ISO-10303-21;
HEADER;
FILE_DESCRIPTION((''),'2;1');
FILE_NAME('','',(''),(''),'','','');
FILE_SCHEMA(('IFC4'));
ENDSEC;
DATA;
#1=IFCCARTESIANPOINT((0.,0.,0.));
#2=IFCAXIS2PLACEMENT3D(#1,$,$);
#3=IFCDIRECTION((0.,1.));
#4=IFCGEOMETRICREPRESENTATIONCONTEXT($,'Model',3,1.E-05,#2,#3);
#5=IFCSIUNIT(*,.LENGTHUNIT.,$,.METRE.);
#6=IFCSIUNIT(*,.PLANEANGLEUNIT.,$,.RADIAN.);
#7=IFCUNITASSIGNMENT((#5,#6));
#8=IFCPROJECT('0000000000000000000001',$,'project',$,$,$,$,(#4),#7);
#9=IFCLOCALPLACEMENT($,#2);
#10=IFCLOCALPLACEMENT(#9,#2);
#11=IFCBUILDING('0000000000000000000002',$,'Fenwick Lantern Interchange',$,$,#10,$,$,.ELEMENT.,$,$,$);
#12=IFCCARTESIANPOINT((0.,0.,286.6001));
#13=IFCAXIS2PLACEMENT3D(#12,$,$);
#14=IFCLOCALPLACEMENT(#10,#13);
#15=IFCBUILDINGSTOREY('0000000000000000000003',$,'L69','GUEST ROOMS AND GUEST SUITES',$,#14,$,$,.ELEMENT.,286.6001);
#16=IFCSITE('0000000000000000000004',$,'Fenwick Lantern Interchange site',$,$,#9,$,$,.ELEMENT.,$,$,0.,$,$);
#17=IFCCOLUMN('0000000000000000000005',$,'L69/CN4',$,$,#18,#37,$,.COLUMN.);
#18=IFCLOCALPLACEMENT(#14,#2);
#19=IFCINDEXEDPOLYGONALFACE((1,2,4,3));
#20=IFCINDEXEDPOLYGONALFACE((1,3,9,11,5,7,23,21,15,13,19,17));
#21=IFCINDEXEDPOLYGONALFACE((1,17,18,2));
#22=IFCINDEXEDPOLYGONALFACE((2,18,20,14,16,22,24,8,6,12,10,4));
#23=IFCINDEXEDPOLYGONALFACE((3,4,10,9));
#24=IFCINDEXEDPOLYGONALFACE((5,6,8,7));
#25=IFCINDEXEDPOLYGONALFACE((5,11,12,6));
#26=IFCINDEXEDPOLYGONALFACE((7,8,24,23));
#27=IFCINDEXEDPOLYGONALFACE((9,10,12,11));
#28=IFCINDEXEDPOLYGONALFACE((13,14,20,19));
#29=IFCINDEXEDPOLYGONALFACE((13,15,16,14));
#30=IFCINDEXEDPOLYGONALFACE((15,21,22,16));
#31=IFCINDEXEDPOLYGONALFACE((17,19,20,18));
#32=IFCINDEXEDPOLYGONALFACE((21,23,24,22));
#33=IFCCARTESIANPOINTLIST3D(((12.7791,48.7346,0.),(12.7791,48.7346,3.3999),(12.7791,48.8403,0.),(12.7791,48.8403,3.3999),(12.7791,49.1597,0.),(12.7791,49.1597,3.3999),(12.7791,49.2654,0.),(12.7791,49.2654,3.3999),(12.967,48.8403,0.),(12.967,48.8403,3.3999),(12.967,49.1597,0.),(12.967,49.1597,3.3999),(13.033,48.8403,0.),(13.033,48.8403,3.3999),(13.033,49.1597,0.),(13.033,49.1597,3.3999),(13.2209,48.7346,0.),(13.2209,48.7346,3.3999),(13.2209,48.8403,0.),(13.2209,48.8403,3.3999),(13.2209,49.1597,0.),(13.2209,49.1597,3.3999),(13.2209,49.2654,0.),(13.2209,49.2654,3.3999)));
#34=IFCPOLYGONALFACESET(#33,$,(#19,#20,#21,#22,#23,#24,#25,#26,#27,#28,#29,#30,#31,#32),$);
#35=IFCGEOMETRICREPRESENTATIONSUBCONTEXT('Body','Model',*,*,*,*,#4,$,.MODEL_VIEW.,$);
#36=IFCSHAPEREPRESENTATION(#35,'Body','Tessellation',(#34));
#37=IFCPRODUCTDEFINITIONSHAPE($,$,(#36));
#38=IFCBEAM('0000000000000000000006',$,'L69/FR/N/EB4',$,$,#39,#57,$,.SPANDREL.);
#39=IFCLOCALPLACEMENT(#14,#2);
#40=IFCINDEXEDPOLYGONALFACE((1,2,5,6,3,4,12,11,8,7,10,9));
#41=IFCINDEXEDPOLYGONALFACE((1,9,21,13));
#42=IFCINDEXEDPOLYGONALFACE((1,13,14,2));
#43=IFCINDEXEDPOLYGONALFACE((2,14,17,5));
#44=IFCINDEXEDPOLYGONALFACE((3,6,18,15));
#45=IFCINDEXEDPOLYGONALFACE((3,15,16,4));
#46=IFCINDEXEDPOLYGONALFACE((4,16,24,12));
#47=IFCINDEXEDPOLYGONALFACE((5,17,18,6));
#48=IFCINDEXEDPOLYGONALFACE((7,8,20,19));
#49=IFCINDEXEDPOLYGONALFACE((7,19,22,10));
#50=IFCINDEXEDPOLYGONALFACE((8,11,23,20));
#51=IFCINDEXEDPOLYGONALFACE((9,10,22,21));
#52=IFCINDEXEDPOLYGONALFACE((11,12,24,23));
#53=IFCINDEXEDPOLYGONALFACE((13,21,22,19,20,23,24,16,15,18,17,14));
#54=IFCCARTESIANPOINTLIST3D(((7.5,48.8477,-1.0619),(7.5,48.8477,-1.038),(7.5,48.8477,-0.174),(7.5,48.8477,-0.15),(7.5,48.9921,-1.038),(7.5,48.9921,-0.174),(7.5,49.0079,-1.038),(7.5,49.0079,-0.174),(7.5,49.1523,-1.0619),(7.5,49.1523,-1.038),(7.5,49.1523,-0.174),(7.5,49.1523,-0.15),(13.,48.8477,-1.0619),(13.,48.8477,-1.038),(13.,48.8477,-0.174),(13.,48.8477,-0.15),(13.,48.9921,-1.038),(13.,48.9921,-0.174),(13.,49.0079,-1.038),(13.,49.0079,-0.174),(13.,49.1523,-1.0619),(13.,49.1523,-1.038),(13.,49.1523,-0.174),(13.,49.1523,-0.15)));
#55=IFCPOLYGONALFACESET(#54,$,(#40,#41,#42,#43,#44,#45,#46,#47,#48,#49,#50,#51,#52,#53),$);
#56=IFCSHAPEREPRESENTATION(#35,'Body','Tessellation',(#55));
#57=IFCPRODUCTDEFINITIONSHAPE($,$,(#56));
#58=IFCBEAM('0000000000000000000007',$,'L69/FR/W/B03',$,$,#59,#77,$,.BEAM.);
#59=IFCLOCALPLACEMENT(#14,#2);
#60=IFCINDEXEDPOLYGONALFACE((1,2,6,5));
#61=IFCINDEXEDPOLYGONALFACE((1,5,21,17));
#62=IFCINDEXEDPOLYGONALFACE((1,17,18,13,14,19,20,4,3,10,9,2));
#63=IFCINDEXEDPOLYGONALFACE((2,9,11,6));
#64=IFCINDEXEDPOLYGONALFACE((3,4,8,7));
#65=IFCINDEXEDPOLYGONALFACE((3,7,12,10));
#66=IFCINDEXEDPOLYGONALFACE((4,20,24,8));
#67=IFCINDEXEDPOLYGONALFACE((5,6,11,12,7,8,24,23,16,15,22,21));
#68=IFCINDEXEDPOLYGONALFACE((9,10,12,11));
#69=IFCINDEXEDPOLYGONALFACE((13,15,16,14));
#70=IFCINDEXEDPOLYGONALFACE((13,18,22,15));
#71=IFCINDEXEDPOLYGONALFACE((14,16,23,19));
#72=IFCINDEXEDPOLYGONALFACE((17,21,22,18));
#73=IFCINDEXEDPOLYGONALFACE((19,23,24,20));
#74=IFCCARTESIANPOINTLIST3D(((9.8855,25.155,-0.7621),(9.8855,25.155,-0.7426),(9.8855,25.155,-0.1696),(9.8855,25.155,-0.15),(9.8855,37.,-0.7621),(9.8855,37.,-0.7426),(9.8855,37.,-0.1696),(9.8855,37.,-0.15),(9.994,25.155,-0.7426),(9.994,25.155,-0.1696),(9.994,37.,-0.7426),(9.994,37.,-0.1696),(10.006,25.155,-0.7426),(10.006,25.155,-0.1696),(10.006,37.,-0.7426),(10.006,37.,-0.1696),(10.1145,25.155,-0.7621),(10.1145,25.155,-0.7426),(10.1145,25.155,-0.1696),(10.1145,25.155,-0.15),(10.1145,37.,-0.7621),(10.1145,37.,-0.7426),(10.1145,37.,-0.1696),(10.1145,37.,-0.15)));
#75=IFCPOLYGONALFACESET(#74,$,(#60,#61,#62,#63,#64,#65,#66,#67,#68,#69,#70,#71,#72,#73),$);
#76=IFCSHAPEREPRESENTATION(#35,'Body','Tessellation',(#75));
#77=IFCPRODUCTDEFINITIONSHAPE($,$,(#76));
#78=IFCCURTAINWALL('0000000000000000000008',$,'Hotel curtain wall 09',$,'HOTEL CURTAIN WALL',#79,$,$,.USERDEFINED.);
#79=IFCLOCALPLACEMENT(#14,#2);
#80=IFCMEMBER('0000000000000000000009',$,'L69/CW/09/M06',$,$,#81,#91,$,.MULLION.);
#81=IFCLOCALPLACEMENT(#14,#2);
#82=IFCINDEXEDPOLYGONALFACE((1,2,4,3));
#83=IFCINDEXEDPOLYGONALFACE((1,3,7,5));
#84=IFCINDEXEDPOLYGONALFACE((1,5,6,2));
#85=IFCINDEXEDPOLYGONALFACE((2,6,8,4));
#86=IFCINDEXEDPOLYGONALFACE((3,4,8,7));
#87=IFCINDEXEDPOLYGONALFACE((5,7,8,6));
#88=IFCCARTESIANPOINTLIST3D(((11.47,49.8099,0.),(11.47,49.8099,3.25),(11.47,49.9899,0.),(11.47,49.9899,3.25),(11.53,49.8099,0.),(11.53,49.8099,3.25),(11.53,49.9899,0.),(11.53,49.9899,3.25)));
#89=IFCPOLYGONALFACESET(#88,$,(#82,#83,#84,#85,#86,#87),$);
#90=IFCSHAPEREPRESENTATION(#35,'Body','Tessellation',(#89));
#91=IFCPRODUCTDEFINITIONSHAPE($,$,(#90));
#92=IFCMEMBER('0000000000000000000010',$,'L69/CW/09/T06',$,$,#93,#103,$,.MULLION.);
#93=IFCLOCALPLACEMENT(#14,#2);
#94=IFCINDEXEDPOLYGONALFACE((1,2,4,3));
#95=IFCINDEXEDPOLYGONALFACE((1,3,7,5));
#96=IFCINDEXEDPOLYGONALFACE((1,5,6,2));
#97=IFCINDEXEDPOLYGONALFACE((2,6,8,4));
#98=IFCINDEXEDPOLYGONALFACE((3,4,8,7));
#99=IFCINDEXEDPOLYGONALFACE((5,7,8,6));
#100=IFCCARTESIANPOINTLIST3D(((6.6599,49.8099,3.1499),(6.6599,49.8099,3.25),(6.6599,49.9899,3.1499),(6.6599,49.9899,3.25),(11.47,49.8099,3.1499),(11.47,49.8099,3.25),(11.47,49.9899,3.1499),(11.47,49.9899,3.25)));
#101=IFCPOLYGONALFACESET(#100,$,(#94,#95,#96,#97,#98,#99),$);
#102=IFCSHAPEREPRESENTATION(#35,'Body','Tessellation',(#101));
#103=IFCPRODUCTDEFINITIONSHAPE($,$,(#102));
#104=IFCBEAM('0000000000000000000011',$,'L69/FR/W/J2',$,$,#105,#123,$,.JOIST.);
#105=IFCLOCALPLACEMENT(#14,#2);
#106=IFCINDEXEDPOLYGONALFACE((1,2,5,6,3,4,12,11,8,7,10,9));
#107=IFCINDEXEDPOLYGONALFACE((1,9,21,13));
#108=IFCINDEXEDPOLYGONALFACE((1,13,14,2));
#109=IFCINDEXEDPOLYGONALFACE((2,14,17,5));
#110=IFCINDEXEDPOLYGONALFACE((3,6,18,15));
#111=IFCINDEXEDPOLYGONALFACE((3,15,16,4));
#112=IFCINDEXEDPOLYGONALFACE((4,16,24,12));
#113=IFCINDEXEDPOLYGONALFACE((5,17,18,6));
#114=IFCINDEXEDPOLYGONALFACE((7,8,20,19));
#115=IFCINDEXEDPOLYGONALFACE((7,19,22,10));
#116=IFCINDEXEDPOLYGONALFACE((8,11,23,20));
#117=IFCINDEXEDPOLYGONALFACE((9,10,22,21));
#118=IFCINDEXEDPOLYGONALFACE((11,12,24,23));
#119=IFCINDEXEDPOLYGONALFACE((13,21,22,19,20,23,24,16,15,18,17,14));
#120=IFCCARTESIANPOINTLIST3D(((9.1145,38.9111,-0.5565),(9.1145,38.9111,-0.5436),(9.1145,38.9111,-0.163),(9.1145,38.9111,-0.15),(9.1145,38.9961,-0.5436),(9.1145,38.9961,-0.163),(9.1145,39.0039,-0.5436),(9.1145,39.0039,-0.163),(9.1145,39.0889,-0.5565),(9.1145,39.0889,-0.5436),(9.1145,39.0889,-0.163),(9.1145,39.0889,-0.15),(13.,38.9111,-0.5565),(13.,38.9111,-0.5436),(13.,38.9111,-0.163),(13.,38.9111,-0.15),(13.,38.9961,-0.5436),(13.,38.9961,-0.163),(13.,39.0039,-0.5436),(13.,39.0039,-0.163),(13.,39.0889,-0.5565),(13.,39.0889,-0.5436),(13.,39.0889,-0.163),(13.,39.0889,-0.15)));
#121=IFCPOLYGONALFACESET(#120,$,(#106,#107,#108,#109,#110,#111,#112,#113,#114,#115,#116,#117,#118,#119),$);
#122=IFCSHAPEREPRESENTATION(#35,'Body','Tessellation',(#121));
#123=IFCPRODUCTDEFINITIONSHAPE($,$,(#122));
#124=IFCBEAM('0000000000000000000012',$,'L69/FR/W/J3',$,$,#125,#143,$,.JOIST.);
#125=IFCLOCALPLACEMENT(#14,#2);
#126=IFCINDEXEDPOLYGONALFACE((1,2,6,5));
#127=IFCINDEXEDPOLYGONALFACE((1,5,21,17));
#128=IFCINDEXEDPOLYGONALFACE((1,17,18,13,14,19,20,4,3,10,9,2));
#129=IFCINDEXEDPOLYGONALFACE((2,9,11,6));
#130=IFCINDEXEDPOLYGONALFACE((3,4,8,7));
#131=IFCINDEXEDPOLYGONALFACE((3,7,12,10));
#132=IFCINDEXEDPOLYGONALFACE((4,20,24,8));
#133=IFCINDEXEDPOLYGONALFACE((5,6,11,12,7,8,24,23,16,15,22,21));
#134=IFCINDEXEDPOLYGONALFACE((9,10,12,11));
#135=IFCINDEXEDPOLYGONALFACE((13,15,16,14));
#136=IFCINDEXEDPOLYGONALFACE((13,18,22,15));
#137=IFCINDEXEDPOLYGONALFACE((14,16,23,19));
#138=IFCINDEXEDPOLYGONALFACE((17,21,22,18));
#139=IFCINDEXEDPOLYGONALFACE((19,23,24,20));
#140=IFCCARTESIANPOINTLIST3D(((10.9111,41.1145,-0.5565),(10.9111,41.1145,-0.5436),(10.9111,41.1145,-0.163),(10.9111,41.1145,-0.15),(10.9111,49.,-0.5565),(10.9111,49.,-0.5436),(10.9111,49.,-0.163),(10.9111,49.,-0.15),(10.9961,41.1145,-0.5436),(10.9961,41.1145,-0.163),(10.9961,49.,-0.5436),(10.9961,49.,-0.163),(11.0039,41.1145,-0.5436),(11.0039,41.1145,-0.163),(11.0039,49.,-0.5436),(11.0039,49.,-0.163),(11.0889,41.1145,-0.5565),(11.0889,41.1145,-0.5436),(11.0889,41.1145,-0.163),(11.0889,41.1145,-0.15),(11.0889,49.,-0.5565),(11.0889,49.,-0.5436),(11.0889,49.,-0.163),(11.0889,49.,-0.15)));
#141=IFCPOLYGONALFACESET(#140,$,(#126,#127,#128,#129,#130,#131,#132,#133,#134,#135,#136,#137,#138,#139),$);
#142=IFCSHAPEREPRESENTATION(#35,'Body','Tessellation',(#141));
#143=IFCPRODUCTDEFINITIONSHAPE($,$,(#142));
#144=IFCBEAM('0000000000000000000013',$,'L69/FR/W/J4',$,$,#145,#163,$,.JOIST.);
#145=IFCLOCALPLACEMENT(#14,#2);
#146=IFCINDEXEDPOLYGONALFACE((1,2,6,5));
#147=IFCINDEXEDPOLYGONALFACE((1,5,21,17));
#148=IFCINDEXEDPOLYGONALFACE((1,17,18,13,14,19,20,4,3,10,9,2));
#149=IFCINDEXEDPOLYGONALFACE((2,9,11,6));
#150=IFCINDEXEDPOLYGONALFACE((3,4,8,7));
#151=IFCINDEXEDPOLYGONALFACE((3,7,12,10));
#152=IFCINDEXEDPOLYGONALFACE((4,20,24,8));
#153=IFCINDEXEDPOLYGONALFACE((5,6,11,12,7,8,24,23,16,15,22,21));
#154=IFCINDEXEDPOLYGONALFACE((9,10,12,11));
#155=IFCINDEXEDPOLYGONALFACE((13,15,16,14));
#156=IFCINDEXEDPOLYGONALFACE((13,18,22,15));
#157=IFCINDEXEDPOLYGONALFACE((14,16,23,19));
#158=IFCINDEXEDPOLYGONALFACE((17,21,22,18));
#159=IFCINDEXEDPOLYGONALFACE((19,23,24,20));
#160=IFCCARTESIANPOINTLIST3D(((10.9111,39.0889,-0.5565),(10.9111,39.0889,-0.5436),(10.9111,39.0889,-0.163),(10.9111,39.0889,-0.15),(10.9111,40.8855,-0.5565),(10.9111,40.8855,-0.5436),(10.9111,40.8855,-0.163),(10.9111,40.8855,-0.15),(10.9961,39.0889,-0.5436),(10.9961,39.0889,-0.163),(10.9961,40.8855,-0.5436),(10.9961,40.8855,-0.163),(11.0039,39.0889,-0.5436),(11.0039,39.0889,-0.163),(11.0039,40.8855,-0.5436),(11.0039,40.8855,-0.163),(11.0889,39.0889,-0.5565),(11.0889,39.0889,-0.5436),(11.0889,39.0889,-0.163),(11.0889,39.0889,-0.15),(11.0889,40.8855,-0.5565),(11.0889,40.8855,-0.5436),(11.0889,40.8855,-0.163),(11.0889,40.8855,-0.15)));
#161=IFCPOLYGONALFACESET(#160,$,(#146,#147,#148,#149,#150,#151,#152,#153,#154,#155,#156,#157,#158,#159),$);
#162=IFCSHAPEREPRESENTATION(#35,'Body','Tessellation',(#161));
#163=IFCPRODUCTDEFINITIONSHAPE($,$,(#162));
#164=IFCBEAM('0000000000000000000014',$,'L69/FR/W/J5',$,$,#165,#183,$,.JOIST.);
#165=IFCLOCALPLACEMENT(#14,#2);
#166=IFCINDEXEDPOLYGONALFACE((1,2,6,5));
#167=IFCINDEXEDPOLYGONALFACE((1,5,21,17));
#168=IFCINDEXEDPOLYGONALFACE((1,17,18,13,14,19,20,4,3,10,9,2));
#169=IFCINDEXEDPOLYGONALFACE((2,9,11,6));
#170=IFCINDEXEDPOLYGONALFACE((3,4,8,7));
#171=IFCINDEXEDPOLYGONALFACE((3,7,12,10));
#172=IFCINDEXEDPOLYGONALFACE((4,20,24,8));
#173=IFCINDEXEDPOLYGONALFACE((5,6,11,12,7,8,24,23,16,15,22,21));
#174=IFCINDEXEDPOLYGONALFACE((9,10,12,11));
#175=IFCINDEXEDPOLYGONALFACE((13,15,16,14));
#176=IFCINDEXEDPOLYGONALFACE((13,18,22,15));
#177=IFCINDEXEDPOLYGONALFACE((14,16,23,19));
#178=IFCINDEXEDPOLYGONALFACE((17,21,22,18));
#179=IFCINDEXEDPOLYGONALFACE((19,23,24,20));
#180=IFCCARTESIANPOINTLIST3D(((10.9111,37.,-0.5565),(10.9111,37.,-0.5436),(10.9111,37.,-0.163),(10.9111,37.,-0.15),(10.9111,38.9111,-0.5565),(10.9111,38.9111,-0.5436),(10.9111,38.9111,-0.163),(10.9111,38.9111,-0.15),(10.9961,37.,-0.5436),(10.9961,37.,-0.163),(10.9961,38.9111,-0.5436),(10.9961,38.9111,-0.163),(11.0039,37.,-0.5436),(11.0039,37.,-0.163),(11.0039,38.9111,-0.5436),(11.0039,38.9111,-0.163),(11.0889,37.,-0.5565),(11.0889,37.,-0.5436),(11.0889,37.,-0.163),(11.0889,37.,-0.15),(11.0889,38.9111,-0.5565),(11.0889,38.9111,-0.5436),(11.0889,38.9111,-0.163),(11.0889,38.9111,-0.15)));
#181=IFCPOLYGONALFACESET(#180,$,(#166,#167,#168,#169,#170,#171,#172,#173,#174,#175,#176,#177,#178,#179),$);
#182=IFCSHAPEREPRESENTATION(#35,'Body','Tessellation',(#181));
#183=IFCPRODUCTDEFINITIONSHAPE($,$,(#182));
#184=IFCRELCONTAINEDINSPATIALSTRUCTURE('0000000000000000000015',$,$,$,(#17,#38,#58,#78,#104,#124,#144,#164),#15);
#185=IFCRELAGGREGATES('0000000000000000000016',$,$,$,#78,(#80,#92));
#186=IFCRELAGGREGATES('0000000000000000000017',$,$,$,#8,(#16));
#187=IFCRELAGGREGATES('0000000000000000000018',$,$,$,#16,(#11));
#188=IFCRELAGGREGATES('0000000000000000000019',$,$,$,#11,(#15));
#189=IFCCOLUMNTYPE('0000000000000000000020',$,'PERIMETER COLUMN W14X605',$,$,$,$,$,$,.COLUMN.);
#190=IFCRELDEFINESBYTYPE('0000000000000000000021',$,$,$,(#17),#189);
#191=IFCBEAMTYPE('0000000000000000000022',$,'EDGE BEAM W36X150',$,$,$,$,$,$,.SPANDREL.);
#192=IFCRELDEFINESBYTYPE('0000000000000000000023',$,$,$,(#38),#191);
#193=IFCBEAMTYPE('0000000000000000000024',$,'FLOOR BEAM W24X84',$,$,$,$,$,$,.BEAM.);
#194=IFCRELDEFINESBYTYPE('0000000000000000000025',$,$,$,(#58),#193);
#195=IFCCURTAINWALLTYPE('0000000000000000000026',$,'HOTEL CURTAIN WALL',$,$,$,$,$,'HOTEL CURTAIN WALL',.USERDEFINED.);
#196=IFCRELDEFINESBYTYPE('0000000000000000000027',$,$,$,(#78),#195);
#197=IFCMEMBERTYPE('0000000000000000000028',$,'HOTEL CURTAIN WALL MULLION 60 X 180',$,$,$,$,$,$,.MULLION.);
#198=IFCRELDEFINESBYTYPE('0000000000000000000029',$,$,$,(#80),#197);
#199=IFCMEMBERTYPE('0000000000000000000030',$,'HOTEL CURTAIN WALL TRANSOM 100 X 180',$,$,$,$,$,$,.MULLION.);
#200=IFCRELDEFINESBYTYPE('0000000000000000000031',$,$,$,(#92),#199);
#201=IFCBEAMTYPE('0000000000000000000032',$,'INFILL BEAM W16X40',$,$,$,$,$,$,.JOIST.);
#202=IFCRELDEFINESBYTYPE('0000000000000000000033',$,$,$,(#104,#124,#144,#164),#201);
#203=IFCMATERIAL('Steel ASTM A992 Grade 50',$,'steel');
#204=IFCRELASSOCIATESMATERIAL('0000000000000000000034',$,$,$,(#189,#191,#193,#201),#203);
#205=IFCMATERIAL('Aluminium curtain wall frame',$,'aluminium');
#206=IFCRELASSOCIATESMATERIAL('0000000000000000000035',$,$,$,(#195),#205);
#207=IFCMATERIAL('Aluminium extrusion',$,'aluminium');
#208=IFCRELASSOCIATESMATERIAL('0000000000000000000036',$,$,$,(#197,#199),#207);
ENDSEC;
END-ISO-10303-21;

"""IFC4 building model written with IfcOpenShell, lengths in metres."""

from ifc_helpers import new_model, si_unit, direction, frame, origin, origin_2d, place, context, subcontext, project, spatial, rectangle, i_section, extrude, material, material_profile, profile_set, type_object, element, aggregate, save


model = new_model("IFC4")

# Units and contexts
model_context = context("Model", 3, precision=1e-05, world=origin(), true_north=direction((0.0, 1.0)))
body_context = subcontext(model_context, "Body", "Model", "MODEL_VIEW")
ifc_project = project(units=[si_unit("LENGTHUNIT", "METRE"), si_unit("PLANEANGLEUNIT", "RADIAN")], contexts=[model_context])

# Site, building, storey
site_placement = place(None, origin())
site = spatial("IfcSite", under=ifc_project, at=site_placement, Name="Fenwick Lantern Interchange site", CompositionType="ELEMENT", RefElevation=0.0)
building_placement = place(site_placement, origin())
building = spatial("IfcBuilding", under=site, at=building_placement, Name="Fenwick Lantern Interchange", CompositionType="ELEMENT")
storey_placement = place(building_placement, frame((0.0, 0.0, 286.6001)))
storey = spatial("IfcBuildingStorey", under=building, at=storey_placement, Name="L69", Description="GUEST ROOMS AND GUEST SUITES", CompositionType="ELEMENT", Elevation=286.6001)

# Column
ifc_material_1 = material(Name="Steel ASTM A992 Grade 50", Category="steel")
ifc_material_profile_1 = material_profile(ifc_material_1, i_section(OverallWidth=0.4419, OverallDepth=0.5308, WebThickness=0.0659, FlangeThickness=0.1057, at=origin_2d()), Name="W14X605")
ifc_profile_set_1 = profile_set([ifc_material_profile_1], Name="Steel ASTM A992 Grade 50")
column_type = type_object("IfcColumnType", Name="PERIMETER COLUMN W14X605", PredefinedType="COLUMN", material=ifc_profile_set_1)
column_placement = place(storey_placement, frame((13.0, 49.0, 0.0), z_axis=(0.0, 0.0, 1.0), x_axis=(1.0, 0.0, 0.0)))
element("IfcColumn", 1, at=column_placement, inside=storey, type_object=column_type, Name="L69/CN4", PredefinedType="COLUMN", context=body_context, shape_type="SweptSolid", body=[
    extrude(i_section(OverallWidth=0.4419, OverallDepth=0.5308, WebThickness=0.0659, FlangeThickness=0.1057, at=origin_2d()), origin(), (0.0, 0.0, 1.0), 3.3999),
])

# Beams
ifc_material_profile_2 = material_profile(ifc_material_1, i_section(OverallWidth=0.3047, OverallDepth=0.9119, WebThickness=0.0159, FlangeThickness=0.0239, at=origin_2d()), Name="W36X150")
ifc_profile_set_2 = profile_set([ifc_material_profile_2], Name="Steel ASTM A992 Grade 50")
beam_type_1 = type_object("IfcBeamType", Name="EDGE BEAM W36X150", PredefinedType="SPANDREL", material=ifc_profile_set_2)
beam_1_placement = place(storey_placement, frame((13.0, 49.0, -0.606), z_axis=(-1.0, 0.0, 0.0), x_axis=(0.0, -1.0, 0.0)))
element("IfcBeam", 2, at=beam_1_placement, inside=storey, type_object=beam_type_1, Name="L69/FR/N/EB4", PredefinedType="SPANDREL", context=body_context, shape_type="SweptSolid", body=[
    extrude(i_section(OverallWidth=0.3047, OverallDepth=0.9119, WebThickness=0.0159, FlangeThickness=0.0239, at=origin_2d()), origin(), (0.0, 0.0, 1.0), 5.5),
])
ifc_material_profile_3 = material_profile(ifc_material_1, i_section(OverallWidth=0.229, OverallDepth=0.6121, WebThickness=0.012, FlangeThickness=0.0195, at=origin_2d()), Name="W24X84")
ifc_profile_set_3 = profile_set([ifc_material_profile_3], Name="Steel ASTM A992 Grade 50")
beam_type_2 = type_object("IfcBeamType", Name="FLOOR BEAM W24X84", PredefinedType="BEAM", material=ifc_profile_set_3)
beam_2_placement = place(storey_placement, frame((10.0, 37.0, -0.4561), z_axis=(0.0, -1.0, 0.0), x_axis=(1.0, 0.0, 0.0)))
element("IfcBeam", 3, at=beam_2_placement, inside=storey, type_object=beam_type_2, Name="L69/FR/W/B03", PredefinedType="BEAM", context=body_context, shape_type="SweptSolid", body=[
    extrude(i_section(OverallWidth=0.229, OverallDepth=0.6121, WebThickness=0.012, FlangeThickness=0.0195, at=origin_2d()), origin(), (0.0, 0.0, 1.0), 11.845),
])

# Curtain wall, members
ifc_material_2 = material(Name="Aluminium curtain wall frame", Category="aluminium")
curtain_wall_type = type_object("IfcCurtainWallType", Name="HOTEL CURTAIN WALL", ElementType="HOTEL CURTAIN WALL", PredefinedType="USERDEFINED", material=ifc_material_2)
curtain_wall_placement = place(storey_placement, origin())
curtain_wall = element("IfcCurtainWall", 4, at=curtain_wall_placement, inside=storey, type_object=curtain_wall_type, Name="Hotel curtain wall 09", ObjectType="HOTEL CURTAIN WALL", PredefinedType="USERDEFINED")
ifc_material_3 = material(Name="Aluminium extrusion", Category="aluminium")
ifc_material_profile_4 = material_profile(ifc_material_3, rectangle(XDim=0.1799, YDim=0.0601, at=origin_2d()), Name="HOTEL CURTAIN WALL MULLION 60 X 180")
ifc_profile_set_4 = profile_set([ifc_material_profile_4], Name="Aluminium extrusion")
member_type_1 = type_object("IfcMemberType", Name="HOTEL CURTAIN WALL MULLION 60 X 180", PredefinedType="MULLION", material=ifc_profile_set_4)
member_1_placement = place(storey_placement, frame((11.5, 49.8999, 0.0), z_axis=(0.0, 0.0, 1.0), x_axis=(0.0, -1.0, 0.0)))
member_1 = element("IfcMember", 5, at=member_1_placement, type_object=member_type_1, Name="L69/CW/09/M06", PredefinedType="MULLION", context=body_context, shape_type="SweptSolid", body=[
    extrude(rectangle(XDim=0.1799, YDim=0.0601, at=origin_2d()), origin(), (0.0, 0.0, 1.0), 3.25),
])
ifc_material_profile_5 = material_profile(ifc_material_3, rectangle(XDim=0.1799, YDim=0.1001, at=origin_2d()), Name="HOTEL CURTAIN WALL TRANSOM 100 X 180")
ifc_profile_set_5 = profile_set([ifc_material_profile_5], Name="Aluminium extrusion")
member_type_2 = type_object("IfcMemberType", Name="HOTEL CURTAIN WALL TRANSOM 100 X 180", PredefinedType="MULLION", material=ifc_profile_set_5)
member_2_placement = place(storey_placement, frame((11.47, 49.8999, 3.2), z_axis=(-1.0, 0.0, 0.0), x_axis=(0.0, -1.0, 0.0)))
member_2 = element("IfcMember", 6, at=member_2_placement, type_object=member_type_2, Name="L69/CW/09/T06", PredefinedType="MULLION", context=body_context, shape_type="SweptSolid", body=[
    extrude(rectangle(XDim=0.1799, YDim=0.1001, at=origin_2d()), origin(), (0.0, 0.0, 1.0), 4.8101),
])
aggregate(curtain_wall, [member_1, member_2])

# Beams
ifc_material_profile_6 = material_profile(ifc_material_1, i_section(OverallWidth=0.1777, OverallDepth=0.4065, WebThickness=0.0078, FlangeThickness=0.0129, at=origin_2d()), Name="W16X40")
ifc_profile_set_6 = profile_set([ifc_material_profile_6], Name="Steel ASTM A992 Grade 50")
beam_type_3 = type_object("IfcBeamType", Name="INFILL BEAM W16X40", PredefinedType="JOIST", material=ifc_profile_set_6)
beam_3_placement = place(storey_placement, frame((9.1145, 39.0, -0.3533), z_axis=(1.0, 0.0, 0.0), x_axis=(0.0, 1.0, 0.0)))
element("IfcBeam", 7, at=beam_3_placement, inside=storey, type_object=beam_type_3, Name="L69/FR/W/J2", PredefinedType="JOIST", context=body_context, shape_type="SweptSolid", body=[
    extrude(i_section(OverallWidth=0.1777, OverallDepth=0.4065, WebThickness=0.0078, FlangeThickness=0.0129, at=origin_2d()), origin(), (0.0, 0.0, 1.0), 3.8855),
])
beam_4_placement = place(storey_placement, frame((11.0, 49.0, -0.3533), z_axis=(0.0, -1.0, 0.0), x_axis=(1.0, 0.0, 0.0)))
element("IfcBeam", 8, at=beam_4_placement, inside=storey, type_object=beam_type_3, Name="L69/FR/W/J3", PredefinedType="JOIST", context=body_context, shape_type="SweptSolid", body=[
    extrude(i_section(OverallWidth=0.1777, OverallDepth=0.4065, WebThickness=0.0078, FlangeThickness=0.0129, at=origin_2d()), origin(), (0.0, 0.0, 1.0), 7.8855),
])
beam_5_placement = place(storey_placement, frame((11.0, 40.8855, -0.3533), z_axis=(0.0, -1.0, 0.0), x_axis=(1.0, 0.0, 0.0)))
element("IfcBeam", 9, at=beam_5_placement, inside=storey, type_object=beam_type_3, Name="L69/FR/W/J4", PredefinedType="JOIST", context=body_context, shape_type="SweptSolid", body=[
    extrude(i_section(OverallWidth=0.1777, OverallDepth=0.4065, WebThickness=0.0078, FlangeThickness=0.0129, at=origin_2d()), origin(), (0.0, 0.0, 1.0), 1.7966),
])
beam_6_placement = place(storey_placement, frame((11.0, 38.9111, -0.3533), z_axis=(0.0, -1.0, 0.0), x_axis=(1.0, 0.0, 0.0)))
element("IfcBeam", 10, at=beam_6_placement, inside=storey, type_object=beam_type_3, Name="L69/FR/W/J5", PredefinedType="JOIST", context=body_context, shape_type="SweptSolid", body=[
    extrude(i_section(OverallWidth=0.1777, OverallDepth=0.4065, WebThickness=0.0078, FlangeThickness=0.0129, at=origin_2d()), origin(), (0.0, 0.0, 1.0), 1.9111),
])

save(model, "model.ifc")
